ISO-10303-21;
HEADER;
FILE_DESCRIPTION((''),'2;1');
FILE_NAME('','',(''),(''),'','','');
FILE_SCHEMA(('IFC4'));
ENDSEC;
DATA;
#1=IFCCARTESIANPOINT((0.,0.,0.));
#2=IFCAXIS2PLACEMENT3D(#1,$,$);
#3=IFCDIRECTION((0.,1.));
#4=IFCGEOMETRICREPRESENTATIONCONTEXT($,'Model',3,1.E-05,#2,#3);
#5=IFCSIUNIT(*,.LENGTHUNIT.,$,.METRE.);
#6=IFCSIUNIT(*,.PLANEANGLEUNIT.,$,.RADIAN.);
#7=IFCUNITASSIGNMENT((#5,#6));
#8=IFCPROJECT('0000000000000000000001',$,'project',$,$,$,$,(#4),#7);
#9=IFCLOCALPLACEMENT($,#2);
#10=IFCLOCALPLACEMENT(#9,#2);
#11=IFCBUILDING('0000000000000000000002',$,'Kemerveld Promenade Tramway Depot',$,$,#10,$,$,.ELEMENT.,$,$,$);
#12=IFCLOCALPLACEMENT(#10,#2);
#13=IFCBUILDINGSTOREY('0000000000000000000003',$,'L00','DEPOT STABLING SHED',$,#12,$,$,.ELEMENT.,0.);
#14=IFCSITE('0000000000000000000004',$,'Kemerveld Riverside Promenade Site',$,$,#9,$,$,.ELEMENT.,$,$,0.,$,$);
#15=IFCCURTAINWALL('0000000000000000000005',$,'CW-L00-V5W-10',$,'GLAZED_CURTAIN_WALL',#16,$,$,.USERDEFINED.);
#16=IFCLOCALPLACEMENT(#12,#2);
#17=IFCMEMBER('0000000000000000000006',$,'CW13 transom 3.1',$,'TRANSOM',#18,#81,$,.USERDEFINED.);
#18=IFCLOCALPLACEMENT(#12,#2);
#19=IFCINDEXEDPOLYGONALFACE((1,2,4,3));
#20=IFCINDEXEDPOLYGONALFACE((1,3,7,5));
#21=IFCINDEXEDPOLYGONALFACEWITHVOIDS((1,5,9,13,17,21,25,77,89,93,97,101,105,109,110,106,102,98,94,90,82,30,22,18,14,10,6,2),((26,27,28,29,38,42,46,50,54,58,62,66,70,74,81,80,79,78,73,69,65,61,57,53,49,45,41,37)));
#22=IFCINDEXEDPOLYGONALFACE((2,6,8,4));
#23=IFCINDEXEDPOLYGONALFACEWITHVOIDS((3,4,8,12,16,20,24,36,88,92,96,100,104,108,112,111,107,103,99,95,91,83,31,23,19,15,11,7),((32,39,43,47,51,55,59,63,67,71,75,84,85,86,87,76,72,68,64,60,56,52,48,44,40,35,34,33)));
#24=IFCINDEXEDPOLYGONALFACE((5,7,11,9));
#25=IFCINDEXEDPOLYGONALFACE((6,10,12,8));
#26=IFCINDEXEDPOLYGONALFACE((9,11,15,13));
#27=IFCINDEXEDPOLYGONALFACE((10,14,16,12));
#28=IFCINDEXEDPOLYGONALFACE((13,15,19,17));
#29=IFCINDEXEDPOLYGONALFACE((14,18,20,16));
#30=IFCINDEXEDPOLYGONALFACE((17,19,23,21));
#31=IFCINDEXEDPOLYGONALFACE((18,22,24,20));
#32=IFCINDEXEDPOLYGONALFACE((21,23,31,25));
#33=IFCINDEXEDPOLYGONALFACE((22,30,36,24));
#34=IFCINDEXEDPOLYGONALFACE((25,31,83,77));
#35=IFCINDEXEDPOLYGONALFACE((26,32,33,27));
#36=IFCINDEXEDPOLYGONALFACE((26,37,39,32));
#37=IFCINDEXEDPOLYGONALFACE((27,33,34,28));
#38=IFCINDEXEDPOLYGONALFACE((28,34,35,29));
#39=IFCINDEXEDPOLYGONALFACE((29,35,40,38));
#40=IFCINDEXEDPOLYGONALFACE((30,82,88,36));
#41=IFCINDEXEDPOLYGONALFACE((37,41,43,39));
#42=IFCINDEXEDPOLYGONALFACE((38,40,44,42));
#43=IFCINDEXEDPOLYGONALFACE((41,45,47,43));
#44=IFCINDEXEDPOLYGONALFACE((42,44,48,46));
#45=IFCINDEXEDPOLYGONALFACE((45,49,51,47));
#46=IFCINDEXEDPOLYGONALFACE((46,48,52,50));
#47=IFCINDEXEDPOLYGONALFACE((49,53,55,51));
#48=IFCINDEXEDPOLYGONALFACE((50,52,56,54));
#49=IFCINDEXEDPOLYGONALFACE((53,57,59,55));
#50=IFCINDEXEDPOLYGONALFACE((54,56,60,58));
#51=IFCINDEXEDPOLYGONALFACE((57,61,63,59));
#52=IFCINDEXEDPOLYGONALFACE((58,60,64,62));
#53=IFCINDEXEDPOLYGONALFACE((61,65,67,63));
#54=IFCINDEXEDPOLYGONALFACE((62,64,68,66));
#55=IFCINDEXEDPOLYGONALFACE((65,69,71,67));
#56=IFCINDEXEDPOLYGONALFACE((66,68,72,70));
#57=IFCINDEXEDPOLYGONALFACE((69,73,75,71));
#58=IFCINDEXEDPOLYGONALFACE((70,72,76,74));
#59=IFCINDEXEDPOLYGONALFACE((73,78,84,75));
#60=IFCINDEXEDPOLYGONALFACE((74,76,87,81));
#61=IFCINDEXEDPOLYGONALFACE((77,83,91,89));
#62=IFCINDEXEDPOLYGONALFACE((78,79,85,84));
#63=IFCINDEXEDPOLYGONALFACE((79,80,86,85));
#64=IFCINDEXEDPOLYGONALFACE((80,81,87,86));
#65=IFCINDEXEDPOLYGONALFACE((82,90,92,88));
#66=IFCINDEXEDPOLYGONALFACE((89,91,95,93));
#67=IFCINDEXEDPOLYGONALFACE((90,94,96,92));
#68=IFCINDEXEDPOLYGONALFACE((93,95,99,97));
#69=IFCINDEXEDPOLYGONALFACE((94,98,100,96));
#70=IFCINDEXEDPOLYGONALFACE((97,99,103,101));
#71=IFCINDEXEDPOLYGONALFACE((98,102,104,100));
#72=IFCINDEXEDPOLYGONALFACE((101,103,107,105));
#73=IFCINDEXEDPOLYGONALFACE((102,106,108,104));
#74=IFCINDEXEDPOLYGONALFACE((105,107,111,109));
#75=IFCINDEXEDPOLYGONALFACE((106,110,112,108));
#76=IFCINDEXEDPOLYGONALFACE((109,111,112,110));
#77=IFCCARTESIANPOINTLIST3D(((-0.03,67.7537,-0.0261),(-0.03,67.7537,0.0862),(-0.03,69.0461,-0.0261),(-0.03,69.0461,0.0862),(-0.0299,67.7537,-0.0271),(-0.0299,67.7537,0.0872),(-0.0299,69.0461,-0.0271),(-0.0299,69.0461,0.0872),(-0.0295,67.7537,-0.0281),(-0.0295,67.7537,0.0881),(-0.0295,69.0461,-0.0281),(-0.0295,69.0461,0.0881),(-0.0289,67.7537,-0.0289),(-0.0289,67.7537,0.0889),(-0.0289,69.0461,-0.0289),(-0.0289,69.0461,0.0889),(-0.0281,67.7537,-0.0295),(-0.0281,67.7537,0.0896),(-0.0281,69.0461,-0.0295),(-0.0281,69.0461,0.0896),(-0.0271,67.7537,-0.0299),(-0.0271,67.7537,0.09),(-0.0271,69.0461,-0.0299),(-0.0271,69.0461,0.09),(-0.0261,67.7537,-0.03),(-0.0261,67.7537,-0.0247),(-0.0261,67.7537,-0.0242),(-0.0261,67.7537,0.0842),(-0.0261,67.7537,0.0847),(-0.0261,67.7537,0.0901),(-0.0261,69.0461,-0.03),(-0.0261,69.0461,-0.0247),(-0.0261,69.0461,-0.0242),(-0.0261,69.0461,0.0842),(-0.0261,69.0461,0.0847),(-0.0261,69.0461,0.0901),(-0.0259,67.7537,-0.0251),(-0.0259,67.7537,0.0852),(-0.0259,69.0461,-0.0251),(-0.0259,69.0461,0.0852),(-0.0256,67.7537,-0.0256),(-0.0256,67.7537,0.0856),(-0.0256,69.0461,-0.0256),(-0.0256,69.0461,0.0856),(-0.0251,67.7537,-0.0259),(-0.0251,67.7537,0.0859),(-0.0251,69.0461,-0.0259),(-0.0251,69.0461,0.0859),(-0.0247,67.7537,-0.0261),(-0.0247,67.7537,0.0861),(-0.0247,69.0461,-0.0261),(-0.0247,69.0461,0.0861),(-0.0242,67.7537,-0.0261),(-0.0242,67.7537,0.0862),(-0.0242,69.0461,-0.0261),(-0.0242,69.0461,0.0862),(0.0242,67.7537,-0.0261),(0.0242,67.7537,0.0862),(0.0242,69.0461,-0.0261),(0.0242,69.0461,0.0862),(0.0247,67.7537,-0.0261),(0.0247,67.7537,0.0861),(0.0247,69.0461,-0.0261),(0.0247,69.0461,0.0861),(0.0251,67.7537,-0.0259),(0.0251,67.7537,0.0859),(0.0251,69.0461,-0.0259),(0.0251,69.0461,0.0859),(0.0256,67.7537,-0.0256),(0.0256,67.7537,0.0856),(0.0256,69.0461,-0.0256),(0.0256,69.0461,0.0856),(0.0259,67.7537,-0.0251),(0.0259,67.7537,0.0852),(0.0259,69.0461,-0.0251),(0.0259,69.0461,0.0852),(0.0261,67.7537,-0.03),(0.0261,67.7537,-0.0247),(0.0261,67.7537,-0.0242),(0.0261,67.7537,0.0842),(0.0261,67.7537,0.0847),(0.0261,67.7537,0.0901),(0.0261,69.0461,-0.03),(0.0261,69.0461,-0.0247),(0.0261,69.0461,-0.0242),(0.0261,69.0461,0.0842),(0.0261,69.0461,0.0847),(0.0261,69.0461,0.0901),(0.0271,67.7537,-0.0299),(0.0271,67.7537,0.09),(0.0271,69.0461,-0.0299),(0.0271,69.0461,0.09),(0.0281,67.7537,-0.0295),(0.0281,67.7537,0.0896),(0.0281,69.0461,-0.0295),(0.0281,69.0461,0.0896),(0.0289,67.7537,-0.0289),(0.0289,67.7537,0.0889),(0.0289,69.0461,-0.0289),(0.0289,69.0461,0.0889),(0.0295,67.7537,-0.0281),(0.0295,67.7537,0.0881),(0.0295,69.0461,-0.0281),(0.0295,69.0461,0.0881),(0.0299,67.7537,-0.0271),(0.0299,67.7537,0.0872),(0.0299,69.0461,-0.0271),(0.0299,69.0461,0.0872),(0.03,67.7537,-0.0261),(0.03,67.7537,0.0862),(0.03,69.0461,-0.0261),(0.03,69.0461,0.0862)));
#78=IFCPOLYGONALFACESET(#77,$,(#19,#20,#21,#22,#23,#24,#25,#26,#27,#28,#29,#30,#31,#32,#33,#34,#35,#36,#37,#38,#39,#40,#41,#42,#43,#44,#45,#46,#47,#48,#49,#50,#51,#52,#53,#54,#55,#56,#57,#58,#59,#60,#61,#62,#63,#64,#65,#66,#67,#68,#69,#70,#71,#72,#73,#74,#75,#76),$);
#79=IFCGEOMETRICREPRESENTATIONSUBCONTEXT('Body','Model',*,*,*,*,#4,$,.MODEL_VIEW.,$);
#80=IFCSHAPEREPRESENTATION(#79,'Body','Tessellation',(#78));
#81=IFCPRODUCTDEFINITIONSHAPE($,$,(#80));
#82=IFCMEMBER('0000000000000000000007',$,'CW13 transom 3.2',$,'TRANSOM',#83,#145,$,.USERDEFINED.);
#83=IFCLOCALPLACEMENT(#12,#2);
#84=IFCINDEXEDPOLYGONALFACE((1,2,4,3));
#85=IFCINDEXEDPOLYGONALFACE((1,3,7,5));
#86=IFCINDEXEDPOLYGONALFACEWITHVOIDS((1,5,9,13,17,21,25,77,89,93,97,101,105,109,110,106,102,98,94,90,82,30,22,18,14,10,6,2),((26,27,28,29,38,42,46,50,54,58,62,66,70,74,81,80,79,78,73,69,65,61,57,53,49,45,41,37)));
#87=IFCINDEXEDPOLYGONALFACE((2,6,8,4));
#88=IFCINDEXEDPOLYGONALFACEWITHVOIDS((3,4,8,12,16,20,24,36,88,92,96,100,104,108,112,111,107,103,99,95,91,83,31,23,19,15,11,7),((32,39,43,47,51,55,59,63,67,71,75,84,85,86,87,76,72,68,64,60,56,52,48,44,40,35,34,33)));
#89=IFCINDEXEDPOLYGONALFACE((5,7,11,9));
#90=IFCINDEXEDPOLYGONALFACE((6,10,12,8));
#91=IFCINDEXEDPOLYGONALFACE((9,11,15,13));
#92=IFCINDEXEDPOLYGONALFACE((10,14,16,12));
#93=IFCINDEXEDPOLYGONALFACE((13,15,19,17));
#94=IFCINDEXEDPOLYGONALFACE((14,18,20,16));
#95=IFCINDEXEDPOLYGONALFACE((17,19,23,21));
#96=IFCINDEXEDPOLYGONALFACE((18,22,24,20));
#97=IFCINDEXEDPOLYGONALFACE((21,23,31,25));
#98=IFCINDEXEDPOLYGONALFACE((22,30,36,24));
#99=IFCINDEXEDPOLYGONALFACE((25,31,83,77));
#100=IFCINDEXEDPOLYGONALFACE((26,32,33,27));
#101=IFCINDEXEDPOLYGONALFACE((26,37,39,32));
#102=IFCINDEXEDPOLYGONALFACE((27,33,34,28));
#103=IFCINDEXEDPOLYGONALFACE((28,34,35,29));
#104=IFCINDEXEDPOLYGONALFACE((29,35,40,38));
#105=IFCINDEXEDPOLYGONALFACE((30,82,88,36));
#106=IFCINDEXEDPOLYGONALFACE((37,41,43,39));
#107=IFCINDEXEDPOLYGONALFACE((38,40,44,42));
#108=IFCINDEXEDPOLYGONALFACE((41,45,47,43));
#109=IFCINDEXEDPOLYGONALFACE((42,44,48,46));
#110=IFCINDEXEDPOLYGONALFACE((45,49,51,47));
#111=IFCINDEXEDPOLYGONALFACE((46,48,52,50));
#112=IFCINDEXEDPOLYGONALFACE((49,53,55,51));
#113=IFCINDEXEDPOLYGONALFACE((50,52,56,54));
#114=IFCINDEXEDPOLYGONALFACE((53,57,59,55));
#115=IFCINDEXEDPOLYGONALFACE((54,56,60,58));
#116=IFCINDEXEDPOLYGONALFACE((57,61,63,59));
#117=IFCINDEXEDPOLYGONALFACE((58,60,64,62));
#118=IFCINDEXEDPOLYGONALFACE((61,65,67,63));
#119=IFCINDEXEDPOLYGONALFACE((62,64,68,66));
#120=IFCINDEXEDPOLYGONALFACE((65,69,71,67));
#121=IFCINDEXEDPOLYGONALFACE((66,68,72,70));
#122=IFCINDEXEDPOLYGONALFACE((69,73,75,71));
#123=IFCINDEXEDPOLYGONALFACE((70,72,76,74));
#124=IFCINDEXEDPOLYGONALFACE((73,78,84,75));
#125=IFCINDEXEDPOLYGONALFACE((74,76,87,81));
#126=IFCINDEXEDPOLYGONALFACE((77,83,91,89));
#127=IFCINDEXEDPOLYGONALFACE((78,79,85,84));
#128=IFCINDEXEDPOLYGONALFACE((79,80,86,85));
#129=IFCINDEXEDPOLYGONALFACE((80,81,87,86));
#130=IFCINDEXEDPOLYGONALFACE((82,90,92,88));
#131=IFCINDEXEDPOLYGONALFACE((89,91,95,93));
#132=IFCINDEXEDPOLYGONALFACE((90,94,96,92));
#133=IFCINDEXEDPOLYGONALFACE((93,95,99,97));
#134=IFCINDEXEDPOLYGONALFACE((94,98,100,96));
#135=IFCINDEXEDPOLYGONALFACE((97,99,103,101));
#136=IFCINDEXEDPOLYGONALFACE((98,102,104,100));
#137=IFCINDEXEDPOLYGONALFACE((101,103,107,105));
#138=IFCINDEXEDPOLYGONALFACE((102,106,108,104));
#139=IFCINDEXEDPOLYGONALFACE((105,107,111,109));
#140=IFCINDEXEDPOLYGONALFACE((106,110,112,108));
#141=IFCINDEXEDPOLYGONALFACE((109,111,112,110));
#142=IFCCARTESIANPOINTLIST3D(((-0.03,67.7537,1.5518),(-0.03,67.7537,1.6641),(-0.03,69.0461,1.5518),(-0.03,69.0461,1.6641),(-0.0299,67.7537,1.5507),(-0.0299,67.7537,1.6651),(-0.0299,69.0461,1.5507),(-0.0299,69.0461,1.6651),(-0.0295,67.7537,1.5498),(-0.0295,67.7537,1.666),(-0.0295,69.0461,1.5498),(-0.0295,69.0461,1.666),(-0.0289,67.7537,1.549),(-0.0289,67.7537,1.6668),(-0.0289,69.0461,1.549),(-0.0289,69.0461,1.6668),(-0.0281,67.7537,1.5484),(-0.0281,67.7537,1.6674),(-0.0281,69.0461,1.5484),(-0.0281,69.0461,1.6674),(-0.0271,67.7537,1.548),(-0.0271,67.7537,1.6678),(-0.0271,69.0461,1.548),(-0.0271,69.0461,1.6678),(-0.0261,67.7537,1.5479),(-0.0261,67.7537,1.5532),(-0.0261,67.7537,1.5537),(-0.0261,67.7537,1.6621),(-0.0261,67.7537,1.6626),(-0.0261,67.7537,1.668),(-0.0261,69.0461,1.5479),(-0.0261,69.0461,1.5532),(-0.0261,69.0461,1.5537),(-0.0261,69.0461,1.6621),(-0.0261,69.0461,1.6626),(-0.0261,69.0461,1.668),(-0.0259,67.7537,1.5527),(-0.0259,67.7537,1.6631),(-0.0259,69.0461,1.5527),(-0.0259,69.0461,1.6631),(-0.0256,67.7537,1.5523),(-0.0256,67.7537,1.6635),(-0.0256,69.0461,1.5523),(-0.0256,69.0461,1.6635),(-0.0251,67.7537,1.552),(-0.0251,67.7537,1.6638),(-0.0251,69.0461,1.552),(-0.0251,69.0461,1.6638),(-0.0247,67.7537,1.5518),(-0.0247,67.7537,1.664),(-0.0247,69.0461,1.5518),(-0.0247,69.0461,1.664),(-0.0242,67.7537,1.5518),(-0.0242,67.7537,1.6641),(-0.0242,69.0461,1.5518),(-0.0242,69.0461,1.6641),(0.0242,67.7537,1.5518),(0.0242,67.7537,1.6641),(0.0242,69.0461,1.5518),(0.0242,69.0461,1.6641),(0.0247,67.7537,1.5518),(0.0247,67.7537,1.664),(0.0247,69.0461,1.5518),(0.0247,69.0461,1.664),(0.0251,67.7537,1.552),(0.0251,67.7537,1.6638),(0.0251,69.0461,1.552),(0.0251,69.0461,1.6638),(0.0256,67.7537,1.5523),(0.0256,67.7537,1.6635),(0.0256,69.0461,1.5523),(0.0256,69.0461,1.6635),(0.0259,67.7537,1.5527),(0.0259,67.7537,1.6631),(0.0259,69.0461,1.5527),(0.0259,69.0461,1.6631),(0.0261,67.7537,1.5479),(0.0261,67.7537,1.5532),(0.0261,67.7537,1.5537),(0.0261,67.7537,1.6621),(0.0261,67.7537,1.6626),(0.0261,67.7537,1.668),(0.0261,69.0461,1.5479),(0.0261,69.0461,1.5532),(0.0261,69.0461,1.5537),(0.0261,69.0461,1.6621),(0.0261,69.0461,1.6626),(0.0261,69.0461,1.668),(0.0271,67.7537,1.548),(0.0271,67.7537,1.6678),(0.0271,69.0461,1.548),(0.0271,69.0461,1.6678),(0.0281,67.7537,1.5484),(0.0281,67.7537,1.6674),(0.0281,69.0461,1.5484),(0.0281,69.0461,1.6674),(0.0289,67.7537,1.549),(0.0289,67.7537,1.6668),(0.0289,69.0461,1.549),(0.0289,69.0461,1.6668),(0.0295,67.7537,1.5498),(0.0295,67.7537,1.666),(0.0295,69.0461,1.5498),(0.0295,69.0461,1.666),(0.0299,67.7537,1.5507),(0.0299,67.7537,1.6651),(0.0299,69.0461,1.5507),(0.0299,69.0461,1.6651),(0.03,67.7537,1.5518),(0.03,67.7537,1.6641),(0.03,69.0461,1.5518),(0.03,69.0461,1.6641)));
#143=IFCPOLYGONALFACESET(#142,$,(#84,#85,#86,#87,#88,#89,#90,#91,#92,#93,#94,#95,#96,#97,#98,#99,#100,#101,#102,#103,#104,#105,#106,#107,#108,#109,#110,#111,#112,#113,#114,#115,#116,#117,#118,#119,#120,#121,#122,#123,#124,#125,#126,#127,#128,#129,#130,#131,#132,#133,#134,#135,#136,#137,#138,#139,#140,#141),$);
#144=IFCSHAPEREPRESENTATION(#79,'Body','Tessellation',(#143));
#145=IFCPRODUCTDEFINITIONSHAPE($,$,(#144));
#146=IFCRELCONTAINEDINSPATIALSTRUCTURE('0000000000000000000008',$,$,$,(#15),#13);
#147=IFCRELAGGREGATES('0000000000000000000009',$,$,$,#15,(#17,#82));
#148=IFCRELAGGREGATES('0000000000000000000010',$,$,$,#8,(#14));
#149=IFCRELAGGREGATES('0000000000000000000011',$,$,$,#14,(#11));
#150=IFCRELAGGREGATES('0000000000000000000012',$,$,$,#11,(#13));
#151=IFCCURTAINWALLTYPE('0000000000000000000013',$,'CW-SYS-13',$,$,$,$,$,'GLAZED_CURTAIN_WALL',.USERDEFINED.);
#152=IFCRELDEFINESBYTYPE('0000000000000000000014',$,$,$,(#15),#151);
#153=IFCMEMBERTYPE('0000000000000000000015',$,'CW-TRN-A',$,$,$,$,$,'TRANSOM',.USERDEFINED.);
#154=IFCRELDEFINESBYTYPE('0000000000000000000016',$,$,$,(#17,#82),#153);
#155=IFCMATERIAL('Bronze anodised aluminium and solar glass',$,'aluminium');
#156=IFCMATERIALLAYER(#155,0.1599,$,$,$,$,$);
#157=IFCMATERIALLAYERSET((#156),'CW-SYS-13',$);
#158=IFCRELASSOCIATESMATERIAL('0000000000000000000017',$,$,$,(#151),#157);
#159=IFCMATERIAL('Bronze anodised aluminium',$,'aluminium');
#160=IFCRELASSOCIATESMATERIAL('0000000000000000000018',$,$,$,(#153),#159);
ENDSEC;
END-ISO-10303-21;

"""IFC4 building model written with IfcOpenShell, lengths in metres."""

from ifc_helpers import new_model, si_unit, direction, frame, origin, origin_2d, place, context, subcontext, project, spatial, hollow_rectangle, extrude, material, layer, layer_set, material_profile, profile_set, type_object, element, aggregate, save


model = new_model("IFC4")

# Units and contexts
model_context = context("Model", 3, precision=1e-05, world=origin(), true_north=direction((0.0, 1.0)))
body_context = subcontext(model_context, "Body", "Model", "MODEL_VIEW")
ifc_project = project(units=[si_unit("LENGTHUNIT", "METRE"), si_unit("PLANEANGLEUNIT", "RADIAN")], contexts=[model_context])

# Site, building, storey
site_placement = place(None, origin())
site = spatial("IfcSite", under=ifc_project, at=site_placement, Name="Kemerveld Riverside Promenade Site", CompositionType="ELEMENT", RefElevation=0.0)
building_placement = place(site_placement, origin())
building = spatial("IfcBuilding", under=site, at=building_placement, Name="Kemerveld Promenade Tramway Depot", CompositionType="ELEMENT")
storey_placement = place(building_placement, origin())
storey = spatial("IfcBuildingStorey", under=building, at=storey_placement, Name="L00", Description="DEPOT STABLING SHED", CompositionType="ELEMENT", Elevation=0.0)

# Curtain wall, members
ifc_material_1 = material(Name="Bronze anodised aluminium and solar glass", Category="aluminium")
ifc_layer_1 = layer(ifc_material_1, 0.1599)
ifc_layer_set_1 = layer_set([ifc_layer_1], Name="CW-SYS-13")
curtain_wall_type = type_object("IfcCurtainWallType", Name="CW-SYS-13", ElementType="GLAZED_CURTAIN_WALL", PredefinedType="USERDEFINED", material=ifc_layer_set_1)
curtain_wall_placement = place(storey_placement, origin())
curtain_wall = element("IfcCurtainWall", 1, at=curtain_wall_placement, inside=storey, type_object=curtain_wall_type, Name="CW-L00-V5W-10", ObjectType="GLAZED_CURTAIN_WALL", PredefinedType="USERDEFINED")
ifc_material_2 = material(Name="Bronze anodised aluminium", Category="aluminium")
ifc_material_profile_1 = material_profile(ifc_material_2, hollow_rectangle(XDim=0.0601, YDim=0.1201, WallThickness=0.0039, InnerFilletRadius=0.002, OuterFilletRadius=0.0039, at=origin_2d()), Name="CW-TRN-120x60")
ifc_profile_set_1 = profile_set([ifc_material_profile_1], Name="Bronze anodised aluminium")
member_type_1 = type_object("IfcMemberType", Name="CW-TRN-A", ElementType="TRANSOM", PredefinedType="USERDEFINED", material=ifc_profile_set_1)
member_1_placement = place(storey_placement, frame((0.0, 67.7537, 0.03), z_axis=(0.0, 1.0, 0.0), x_axis=(-1.0, 0.0, 0.0)))
member_1 = element("IfcMember", 2, at=member_1_placement, type_object=member_type_1, Name="CW13 transom 3.1", ObjectType="TRANSOM", PredefinedType="USERDEFINED", context=body_context, shape_type="SweptSolid", body=[
    extrude(hollow_rectangle(XDim=0.0601, YDim=0.1201, WallThickness=0.0039, InnerFilletRadius=0.002, OuterFilletRadius=0.0039, at=origin_2d()), origin(), (0.0, 0.0, 1.0), 1.2925),
])
member_2_placement = place(storey_placement, frame((0.0, 67.7537, 1.6079), z_axis=(0.0, 1.0, 0.0), x_axis=(-1.0, 0.0, 0.0)))
member_2 = element("IfcMember", 3, at=member_2_placement, type_object=member_type_1, Name="CW13 transom 3.2", ObjectType="TRANSOM", PredefinedType="USERDEFINED", context=body_context, shape_type="SweptSolid", body=[
    extrude(hollow_rectangle(XDim=0.0601, YDim=0.1201, WallThickness=0.0039, InnerFilletRadius=0.002, OuterFilletRadius=0.0039, at=origin_2d()), origin(), (0.0, 0.0, 1.0), 1.2925),
])
aggregate(curtain_wall, [member_1, member_2])

save(model, "model.ifc")
